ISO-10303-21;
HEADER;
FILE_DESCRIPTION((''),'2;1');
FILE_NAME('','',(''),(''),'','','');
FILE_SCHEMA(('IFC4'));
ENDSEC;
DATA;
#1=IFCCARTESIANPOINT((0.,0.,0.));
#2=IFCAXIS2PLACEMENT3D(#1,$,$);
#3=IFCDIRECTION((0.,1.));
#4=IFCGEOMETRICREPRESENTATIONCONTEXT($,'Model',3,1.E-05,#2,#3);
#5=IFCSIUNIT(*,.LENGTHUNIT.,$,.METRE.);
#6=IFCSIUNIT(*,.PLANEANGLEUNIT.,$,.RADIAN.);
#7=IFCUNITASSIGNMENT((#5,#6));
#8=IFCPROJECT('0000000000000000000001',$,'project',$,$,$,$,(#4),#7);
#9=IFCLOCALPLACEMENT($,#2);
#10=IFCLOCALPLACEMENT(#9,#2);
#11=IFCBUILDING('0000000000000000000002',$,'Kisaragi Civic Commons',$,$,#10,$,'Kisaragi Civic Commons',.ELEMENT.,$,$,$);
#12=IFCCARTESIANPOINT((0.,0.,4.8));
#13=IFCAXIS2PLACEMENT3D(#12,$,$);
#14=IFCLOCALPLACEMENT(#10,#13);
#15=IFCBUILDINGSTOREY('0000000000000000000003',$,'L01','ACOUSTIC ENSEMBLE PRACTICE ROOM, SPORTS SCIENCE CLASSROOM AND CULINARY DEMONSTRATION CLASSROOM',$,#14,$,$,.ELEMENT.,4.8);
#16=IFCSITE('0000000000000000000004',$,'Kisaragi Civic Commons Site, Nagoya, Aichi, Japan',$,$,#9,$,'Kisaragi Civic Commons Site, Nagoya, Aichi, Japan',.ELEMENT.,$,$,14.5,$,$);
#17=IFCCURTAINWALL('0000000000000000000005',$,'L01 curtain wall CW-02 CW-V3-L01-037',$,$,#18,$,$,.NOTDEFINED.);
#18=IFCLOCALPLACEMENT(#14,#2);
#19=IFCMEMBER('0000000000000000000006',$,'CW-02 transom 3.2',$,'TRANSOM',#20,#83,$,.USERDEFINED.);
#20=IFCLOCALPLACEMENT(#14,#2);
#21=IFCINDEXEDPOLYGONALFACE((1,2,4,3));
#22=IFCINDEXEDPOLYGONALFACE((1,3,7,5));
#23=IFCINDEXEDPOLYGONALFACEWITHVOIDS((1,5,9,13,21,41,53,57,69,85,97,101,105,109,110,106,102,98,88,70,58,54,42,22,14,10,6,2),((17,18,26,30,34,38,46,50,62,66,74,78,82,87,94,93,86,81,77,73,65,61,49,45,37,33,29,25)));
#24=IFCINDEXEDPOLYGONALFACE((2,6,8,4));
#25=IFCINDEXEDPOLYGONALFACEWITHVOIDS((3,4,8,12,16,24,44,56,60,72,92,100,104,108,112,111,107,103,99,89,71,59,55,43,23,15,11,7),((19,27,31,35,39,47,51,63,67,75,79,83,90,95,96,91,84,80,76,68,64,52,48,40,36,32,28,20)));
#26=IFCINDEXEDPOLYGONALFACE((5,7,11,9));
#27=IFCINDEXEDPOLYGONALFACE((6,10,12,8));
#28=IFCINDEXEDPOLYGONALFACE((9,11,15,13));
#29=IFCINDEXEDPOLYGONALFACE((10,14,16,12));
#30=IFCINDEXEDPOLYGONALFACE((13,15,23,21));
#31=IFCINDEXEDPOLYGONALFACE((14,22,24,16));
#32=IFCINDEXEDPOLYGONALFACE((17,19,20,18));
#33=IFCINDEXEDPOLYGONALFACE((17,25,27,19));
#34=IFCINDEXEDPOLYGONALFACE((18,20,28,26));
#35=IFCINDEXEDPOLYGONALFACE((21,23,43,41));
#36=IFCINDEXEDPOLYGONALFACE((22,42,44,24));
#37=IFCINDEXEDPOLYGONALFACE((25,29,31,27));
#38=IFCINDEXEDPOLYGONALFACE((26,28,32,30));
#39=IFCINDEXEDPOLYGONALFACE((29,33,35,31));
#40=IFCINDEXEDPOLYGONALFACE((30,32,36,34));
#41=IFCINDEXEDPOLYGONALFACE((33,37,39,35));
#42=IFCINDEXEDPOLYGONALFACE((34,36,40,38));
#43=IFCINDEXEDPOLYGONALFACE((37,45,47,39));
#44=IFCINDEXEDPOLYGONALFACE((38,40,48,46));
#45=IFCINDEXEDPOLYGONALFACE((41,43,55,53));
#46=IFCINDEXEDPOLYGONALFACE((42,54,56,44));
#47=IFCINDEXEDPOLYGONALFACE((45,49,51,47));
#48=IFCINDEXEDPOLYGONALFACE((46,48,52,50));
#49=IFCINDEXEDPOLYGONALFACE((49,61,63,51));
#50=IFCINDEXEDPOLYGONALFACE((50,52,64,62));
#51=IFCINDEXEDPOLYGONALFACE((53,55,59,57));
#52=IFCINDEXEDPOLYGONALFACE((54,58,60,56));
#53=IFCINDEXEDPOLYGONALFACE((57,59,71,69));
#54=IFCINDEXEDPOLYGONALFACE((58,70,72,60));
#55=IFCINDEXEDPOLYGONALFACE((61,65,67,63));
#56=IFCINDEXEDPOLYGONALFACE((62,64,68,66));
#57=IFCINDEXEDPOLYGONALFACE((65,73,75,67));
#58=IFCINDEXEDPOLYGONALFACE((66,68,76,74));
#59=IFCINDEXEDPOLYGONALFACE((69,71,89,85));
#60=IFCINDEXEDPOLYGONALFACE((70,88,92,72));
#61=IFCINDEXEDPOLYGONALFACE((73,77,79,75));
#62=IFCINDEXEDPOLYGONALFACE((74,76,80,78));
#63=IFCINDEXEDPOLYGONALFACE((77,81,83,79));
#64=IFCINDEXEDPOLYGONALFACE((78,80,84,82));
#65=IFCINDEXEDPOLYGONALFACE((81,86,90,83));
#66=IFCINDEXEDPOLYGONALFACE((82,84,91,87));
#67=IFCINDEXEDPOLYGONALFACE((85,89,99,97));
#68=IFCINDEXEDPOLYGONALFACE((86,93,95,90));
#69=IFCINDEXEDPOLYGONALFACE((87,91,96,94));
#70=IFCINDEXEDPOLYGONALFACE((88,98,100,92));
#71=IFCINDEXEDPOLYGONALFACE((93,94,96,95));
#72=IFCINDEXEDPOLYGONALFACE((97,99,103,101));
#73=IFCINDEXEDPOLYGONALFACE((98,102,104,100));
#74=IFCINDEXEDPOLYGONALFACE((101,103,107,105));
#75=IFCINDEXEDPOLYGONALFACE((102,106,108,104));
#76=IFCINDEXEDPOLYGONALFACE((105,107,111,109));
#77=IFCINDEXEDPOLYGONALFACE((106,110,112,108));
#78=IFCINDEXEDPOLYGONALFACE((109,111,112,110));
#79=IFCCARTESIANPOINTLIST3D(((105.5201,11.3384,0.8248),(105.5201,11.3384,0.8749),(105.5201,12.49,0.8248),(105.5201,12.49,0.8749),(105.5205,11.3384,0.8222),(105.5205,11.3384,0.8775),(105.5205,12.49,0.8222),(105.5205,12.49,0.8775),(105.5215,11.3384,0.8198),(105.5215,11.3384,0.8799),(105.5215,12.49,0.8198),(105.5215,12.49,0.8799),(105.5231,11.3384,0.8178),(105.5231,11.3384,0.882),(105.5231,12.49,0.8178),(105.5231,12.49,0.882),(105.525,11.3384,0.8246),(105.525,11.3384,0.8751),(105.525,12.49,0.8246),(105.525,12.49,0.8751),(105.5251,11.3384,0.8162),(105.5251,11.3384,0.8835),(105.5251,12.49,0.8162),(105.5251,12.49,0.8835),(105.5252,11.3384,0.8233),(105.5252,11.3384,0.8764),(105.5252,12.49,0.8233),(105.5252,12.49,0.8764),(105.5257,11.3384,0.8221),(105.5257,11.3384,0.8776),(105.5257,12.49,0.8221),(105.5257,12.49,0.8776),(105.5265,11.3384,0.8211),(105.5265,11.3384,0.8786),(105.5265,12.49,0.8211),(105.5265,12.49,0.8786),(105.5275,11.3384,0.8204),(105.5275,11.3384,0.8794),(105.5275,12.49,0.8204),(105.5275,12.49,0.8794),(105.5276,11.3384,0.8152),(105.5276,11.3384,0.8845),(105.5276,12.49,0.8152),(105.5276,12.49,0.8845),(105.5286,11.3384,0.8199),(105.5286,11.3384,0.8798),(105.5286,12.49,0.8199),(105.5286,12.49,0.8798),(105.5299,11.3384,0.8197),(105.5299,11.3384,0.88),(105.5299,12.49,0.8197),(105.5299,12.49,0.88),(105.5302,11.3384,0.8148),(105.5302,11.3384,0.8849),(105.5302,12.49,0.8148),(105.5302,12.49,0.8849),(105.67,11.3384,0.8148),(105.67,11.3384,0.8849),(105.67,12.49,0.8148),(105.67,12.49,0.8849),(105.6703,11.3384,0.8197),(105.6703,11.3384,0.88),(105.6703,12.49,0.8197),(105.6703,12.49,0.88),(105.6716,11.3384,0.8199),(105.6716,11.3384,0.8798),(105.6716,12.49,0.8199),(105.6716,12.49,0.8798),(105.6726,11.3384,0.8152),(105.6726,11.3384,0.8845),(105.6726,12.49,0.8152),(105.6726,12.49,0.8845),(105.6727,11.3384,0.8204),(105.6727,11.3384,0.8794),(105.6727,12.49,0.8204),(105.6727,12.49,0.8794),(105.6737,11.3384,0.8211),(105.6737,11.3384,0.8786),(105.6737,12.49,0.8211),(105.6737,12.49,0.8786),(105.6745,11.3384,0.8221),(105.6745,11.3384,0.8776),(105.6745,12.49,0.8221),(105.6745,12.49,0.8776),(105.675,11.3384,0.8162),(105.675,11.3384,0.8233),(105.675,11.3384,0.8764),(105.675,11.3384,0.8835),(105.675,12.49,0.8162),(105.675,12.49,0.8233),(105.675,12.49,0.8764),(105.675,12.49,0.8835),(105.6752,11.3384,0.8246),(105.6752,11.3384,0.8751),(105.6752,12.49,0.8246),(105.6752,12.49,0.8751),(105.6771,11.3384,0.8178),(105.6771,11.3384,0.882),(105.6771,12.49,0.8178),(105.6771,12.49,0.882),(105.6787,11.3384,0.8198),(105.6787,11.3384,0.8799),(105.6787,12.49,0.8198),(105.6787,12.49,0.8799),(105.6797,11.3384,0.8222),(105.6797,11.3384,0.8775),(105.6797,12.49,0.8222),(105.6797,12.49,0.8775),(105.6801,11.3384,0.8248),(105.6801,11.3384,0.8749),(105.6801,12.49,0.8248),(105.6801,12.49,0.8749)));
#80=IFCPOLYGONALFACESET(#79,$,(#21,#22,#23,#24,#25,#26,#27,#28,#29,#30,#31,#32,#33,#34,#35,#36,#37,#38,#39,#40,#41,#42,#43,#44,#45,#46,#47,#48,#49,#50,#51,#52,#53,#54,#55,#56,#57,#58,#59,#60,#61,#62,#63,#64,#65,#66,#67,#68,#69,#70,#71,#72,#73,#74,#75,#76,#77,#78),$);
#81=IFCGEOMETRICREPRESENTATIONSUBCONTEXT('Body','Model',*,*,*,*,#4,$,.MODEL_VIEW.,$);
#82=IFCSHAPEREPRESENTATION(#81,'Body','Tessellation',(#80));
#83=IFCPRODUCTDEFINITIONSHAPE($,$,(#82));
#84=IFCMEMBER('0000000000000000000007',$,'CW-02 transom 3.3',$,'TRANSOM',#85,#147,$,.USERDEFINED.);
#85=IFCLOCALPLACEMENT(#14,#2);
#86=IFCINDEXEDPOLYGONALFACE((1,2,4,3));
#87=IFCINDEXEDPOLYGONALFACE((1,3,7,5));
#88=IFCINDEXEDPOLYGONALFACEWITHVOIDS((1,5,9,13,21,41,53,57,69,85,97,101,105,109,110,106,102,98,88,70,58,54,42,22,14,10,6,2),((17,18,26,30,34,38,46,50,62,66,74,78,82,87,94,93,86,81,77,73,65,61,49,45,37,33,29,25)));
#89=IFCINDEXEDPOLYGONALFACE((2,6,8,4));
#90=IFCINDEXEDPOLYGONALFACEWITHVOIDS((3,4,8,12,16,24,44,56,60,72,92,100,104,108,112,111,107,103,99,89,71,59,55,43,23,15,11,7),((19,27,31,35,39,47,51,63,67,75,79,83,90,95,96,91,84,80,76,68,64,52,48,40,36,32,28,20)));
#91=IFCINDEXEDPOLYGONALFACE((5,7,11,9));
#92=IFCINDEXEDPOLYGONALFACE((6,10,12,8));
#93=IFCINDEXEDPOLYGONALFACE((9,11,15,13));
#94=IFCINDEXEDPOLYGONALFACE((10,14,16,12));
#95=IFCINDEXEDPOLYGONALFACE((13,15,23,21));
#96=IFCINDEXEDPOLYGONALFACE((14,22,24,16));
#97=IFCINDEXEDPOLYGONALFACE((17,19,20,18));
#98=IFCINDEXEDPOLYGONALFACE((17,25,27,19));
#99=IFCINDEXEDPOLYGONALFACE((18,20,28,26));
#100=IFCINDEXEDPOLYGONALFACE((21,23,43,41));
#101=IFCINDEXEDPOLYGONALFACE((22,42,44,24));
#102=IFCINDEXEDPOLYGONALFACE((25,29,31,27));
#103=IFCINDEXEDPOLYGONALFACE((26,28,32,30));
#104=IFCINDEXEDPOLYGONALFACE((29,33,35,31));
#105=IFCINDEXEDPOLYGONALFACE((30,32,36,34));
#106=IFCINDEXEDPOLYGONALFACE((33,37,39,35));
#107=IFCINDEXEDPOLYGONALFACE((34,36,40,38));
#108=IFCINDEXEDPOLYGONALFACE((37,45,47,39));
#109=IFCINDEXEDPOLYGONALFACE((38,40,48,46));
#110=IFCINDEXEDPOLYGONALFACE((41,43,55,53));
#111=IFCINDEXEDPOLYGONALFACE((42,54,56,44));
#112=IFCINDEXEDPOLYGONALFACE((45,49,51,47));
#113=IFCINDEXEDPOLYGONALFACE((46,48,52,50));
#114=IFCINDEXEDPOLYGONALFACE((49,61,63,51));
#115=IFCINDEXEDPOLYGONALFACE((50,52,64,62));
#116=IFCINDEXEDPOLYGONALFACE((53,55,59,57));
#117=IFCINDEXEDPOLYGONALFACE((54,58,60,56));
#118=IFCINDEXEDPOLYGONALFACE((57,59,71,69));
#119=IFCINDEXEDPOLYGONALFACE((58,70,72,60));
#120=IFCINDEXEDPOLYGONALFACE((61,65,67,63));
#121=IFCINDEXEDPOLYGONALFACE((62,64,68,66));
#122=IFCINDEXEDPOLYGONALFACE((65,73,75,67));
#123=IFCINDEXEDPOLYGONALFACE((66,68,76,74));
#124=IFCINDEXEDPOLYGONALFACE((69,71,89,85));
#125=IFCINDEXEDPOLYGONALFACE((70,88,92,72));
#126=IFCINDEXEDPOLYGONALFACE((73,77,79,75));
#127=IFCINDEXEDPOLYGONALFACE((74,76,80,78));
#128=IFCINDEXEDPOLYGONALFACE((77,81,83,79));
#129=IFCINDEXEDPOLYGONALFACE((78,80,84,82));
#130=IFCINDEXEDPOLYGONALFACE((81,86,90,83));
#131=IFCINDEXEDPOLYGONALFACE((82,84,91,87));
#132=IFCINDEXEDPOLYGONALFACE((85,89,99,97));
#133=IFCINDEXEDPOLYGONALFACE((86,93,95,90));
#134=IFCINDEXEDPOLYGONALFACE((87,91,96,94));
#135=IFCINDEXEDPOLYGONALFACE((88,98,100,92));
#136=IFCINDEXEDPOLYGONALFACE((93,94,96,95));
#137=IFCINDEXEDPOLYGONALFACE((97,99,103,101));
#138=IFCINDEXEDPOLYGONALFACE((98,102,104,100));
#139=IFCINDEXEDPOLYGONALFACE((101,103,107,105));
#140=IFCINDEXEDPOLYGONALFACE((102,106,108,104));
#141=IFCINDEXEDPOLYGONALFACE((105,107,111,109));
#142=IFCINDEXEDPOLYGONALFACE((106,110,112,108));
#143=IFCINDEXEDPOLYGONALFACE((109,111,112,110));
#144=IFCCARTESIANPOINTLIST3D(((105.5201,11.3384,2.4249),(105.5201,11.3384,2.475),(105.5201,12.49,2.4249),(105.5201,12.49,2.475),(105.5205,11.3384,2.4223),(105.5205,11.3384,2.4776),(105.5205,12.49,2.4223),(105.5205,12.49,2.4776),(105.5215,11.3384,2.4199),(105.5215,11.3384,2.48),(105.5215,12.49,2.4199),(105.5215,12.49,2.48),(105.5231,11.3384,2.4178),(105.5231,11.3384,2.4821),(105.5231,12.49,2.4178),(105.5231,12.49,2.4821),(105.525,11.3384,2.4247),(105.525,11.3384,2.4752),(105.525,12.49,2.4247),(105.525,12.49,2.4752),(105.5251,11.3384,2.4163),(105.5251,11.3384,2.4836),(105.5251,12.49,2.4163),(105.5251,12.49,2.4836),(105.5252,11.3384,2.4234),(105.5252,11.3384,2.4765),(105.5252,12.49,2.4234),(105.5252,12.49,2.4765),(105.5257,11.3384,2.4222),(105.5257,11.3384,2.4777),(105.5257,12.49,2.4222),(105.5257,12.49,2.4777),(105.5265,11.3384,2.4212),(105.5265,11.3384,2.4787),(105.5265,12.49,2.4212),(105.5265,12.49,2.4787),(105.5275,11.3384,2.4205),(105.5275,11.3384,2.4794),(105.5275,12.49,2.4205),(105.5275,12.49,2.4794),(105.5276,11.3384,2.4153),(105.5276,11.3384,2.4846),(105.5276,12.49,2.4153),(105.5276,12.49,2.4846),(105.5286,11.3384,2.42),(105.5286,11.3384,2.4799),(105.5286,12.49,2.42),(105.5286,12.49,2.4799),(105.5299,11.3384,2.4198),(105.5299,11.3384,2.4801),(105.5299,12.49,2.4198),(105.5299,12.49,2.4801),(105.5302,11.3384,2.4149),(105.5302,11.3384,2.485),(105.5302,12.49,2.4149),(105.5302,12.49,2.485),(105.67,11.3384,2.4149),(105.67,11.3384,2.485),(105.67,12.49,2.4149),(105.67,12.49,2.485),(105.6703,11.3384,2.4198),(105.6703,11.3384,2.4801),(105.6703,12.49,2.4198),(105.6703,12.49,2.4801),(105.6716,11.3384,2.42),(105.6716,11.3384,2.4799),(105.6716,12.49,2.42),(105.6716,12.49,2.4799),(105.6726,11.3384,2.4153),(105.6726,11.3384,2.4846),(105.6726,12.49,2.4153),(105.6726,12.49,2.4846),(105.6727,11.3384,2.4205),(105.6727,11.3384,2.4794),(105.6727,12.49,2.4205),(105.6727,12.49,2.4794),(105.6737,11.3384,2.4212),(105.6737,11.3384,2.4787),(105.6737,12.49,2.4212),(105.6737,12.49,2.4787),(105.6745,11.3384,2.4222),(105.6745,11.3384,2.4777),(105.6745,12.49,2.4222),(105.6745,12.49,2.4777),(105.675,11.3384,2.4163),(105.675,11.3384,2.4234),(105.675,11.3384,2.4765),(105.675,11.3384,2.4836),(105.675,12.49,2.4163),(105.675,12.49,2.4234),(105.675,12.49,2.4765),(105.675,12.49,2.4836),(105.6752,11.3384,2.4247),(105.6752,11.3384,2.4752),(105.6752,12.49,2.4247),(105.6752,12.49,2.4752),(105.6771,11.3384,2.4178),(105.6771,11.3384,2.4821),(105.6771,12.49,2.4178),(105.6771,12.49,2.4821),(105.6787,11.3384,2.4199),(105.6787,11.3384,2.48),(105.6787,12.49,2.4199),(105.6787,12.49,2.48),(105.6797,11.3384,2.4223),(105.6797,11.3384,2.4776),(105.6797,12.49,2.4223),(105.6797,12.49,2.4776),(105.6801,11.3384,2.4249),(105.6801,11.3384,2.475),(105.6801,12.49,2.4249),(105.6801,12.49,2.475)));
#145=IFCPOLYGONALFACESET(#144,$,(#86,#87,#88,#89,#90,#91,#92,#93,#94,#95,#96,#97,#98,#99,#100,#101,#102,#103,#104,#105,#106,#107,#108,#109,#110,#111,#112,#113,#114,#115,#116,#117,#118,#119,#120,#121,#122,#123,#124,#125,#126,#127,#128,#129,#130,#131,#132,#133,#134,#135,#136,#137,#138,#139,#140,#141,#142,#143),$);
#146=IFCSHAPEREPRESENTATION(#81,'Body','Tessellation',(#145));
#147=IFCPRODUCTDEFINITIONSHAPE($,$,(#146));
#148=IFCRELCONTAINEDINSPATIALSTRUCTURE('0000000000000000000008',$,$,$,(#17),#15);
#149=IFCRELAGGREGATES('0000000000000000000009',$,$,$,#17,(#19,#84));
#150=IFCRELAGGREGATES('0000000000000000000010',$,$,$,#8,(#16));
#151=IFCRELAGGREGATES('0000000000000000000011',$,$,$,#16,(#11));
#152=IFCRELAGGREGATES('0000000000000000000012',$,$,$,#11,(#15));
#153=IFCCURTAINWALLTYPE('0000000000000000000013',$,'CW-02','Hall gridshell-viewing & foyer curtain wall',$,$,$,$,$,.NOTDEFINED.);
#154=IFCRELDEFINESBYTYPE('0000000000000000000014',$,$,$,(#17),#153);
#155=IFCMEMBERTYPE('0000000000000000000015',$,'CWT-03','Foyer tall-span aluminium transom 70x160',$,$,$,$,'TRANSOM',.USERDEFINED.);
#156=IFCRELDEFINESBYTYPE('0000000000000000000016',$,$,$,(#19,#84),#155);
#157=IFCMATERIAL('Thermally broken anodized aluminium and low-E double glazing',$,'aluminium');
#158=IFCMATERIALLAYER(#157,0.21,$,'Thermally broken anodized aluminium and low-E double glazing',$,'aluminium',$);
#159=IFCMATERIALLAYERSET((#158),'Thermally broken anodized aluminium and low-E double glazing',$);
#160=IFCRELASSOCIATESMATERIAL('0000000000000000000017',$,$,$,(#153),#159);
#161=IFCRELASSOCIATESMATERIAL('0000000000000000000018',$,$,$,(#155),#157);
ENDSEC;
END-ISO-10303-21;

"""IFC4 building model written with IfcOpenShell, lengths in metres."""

from ifc_helpers import new_model, si_unit, direction, frame, origin, origin_2d, place, context, subcontext, project, spatial, hollow_rectangle, extrude, material, layer, layer_set, material_profile, profile_set, type_object, element, aggregate, save


model = new_model("IFC4")

# Units and contexts
model_context = context("Model", 3, precision=1e-05, world=origin(), true_north=direction((0.0, 1.0)))
body_context = subcontext(model_context, "Body", "Model", "MODEL_VIEW")
ifc_project = project(units=[si_unit("LENGTHUNIT", "METRE"), si_unit("PLANEANGLEUNIT", "RADIAN")], contexts=[model_context])

# Site, building, storey
site_placement = place(None, origin())
site = spatial("IfcSite", under=ifc_project, at=site_placement, Name="Kisaragi Civic Commons Site, Nagoya, Aichi, Japan", LongName="Kisaragi Civic Commons Site, Nagoya, Aichi, Japan", CompositionType="ELEMENT", RefElevation=14.5)
building_placement = place(site_placement, origin())
building = spatial("IfcBuilding", under=site, at=building_placement, Name="Kisaragi Civic Commons", LongName="Kisaragi Civic Commons", CompositionType="ELEMENT")
storey_placement = place(building_placement, frame((0.0, 0.0, 4.8)))
storey = spatial("IfcBuildingStorey", under=building, at=storey_placement, Name="L01", Description="ACOUSTIC ENSEMBLE PRACTICE ROOM, SPORTS SCIENCE CLASSROOM AND CULINARY DEMONSTRATION CLASSROOM", CompositionType="ELEMENT", Elevation=4.8)

# Curtain wall, members
ifc_material = material(Name="Thermally broken anodized aluminium and low-E double glazing", Category="aluminium")
ifc_layer_1 = layer(ifc_material, 0.21, Name="Thermally broken anodized aluminium and low-E double glazing", Category="aluminium")
ifc_layer_set_1 = layer_set([ifc_layer_1], Name="Thermally broken anodized aluminium and low-E double glazing")
curtain_wall_type = type_object("IfcCurtainWallType", Name="CW-02", Description="Hall gridshell-viewing & foyer curtain wall", PredefinedType="NOTDEFINED", material=ifc_layer_set_1)
curtain_wall_placement = place(storey_placement, origin())
curtain_wall = element("IfcCurtainWall", 1, at=curtain_wall_placement, inside=storey, type_object=curtain_wall_type, Name="L01 curtain wall CW-02 CW-V3-L01-037", PredefinedType="NOTDEFINED")
ifc_material_profile_1 = material_profile(ifc_material, hollow_rectangle(XDim=0.1599, YDim=0.0701, WallThickness=0.0049, InnerFilletRadius=0.0049, OuterFilletRadius=0.01, at=origin_2d()), Name="CWT-70x160x5", Category="aluminium")
ifc_profile_set_1 = profile_set([ifc_material_profile_1], Name="Thermally broken anodized aluminium and low-E double glazing")
member_type_1 = type_object("IfcMemberType", Name="CWT-03", Description="Foyer tall-span aluminium transom 70x160", ElementType="TRANSOM", PredefinedType="USERDEFINED", material=ifc_profile_set_1)
member_1_placement = place(storey_placement, frame((105.6001, 11.3384, 0.8499), z_axis=(0.0, 1.0, 0.0), x_axis=(-1.0, 0.0, 0.0)))
member_1 = element("IfcMember", 2, at=member_1_placement, type_object=member_type_1, Name="CW-02 transom 3.2", ObjectType="TRANSOM", PredefinedType="USERDEFINED", context=body_context, shape_type="SweptSolid", body=[
    extrude(hollow_rectangle(XDim=0.1599, YDim=0.0701, WallThickness=0.0049, InnerFilletRadius=0.0049, OuterFilletRadius=0.01, at=origin_2d()), origin(), (0.0, 0.0, 1.0), 1.1516),
])
member_2_placement = place(storey_placement, frame((105.6001, 11.3384, 2.45), z_axis=(0.0, 1.0, 0.0), x_axis=(-1.0, 0.0, 0.0)))
member_2 = element("IfcMember", 3, at=member_2_placement, type_object=member_type_1, Name="CW-02 transom 3.3", ObjectType="TRANSOM", PredefinedType="USERDEFINED", context=body_context, shape_type="SweptSolid", body=[
    extrude(hollow_rectangle(XDim=0.1599, YDim=0.0701, WallThickness=0.0049, InnerFilletRadius=0.0049, OuterFilletRadius=0.01, at=origin_2d()), origin(), (0.0, 0.0, 1.0), 1.1516),
])
aggregate(curtain_wall, [member_1, member_2])

save(model, "model.ifc")
